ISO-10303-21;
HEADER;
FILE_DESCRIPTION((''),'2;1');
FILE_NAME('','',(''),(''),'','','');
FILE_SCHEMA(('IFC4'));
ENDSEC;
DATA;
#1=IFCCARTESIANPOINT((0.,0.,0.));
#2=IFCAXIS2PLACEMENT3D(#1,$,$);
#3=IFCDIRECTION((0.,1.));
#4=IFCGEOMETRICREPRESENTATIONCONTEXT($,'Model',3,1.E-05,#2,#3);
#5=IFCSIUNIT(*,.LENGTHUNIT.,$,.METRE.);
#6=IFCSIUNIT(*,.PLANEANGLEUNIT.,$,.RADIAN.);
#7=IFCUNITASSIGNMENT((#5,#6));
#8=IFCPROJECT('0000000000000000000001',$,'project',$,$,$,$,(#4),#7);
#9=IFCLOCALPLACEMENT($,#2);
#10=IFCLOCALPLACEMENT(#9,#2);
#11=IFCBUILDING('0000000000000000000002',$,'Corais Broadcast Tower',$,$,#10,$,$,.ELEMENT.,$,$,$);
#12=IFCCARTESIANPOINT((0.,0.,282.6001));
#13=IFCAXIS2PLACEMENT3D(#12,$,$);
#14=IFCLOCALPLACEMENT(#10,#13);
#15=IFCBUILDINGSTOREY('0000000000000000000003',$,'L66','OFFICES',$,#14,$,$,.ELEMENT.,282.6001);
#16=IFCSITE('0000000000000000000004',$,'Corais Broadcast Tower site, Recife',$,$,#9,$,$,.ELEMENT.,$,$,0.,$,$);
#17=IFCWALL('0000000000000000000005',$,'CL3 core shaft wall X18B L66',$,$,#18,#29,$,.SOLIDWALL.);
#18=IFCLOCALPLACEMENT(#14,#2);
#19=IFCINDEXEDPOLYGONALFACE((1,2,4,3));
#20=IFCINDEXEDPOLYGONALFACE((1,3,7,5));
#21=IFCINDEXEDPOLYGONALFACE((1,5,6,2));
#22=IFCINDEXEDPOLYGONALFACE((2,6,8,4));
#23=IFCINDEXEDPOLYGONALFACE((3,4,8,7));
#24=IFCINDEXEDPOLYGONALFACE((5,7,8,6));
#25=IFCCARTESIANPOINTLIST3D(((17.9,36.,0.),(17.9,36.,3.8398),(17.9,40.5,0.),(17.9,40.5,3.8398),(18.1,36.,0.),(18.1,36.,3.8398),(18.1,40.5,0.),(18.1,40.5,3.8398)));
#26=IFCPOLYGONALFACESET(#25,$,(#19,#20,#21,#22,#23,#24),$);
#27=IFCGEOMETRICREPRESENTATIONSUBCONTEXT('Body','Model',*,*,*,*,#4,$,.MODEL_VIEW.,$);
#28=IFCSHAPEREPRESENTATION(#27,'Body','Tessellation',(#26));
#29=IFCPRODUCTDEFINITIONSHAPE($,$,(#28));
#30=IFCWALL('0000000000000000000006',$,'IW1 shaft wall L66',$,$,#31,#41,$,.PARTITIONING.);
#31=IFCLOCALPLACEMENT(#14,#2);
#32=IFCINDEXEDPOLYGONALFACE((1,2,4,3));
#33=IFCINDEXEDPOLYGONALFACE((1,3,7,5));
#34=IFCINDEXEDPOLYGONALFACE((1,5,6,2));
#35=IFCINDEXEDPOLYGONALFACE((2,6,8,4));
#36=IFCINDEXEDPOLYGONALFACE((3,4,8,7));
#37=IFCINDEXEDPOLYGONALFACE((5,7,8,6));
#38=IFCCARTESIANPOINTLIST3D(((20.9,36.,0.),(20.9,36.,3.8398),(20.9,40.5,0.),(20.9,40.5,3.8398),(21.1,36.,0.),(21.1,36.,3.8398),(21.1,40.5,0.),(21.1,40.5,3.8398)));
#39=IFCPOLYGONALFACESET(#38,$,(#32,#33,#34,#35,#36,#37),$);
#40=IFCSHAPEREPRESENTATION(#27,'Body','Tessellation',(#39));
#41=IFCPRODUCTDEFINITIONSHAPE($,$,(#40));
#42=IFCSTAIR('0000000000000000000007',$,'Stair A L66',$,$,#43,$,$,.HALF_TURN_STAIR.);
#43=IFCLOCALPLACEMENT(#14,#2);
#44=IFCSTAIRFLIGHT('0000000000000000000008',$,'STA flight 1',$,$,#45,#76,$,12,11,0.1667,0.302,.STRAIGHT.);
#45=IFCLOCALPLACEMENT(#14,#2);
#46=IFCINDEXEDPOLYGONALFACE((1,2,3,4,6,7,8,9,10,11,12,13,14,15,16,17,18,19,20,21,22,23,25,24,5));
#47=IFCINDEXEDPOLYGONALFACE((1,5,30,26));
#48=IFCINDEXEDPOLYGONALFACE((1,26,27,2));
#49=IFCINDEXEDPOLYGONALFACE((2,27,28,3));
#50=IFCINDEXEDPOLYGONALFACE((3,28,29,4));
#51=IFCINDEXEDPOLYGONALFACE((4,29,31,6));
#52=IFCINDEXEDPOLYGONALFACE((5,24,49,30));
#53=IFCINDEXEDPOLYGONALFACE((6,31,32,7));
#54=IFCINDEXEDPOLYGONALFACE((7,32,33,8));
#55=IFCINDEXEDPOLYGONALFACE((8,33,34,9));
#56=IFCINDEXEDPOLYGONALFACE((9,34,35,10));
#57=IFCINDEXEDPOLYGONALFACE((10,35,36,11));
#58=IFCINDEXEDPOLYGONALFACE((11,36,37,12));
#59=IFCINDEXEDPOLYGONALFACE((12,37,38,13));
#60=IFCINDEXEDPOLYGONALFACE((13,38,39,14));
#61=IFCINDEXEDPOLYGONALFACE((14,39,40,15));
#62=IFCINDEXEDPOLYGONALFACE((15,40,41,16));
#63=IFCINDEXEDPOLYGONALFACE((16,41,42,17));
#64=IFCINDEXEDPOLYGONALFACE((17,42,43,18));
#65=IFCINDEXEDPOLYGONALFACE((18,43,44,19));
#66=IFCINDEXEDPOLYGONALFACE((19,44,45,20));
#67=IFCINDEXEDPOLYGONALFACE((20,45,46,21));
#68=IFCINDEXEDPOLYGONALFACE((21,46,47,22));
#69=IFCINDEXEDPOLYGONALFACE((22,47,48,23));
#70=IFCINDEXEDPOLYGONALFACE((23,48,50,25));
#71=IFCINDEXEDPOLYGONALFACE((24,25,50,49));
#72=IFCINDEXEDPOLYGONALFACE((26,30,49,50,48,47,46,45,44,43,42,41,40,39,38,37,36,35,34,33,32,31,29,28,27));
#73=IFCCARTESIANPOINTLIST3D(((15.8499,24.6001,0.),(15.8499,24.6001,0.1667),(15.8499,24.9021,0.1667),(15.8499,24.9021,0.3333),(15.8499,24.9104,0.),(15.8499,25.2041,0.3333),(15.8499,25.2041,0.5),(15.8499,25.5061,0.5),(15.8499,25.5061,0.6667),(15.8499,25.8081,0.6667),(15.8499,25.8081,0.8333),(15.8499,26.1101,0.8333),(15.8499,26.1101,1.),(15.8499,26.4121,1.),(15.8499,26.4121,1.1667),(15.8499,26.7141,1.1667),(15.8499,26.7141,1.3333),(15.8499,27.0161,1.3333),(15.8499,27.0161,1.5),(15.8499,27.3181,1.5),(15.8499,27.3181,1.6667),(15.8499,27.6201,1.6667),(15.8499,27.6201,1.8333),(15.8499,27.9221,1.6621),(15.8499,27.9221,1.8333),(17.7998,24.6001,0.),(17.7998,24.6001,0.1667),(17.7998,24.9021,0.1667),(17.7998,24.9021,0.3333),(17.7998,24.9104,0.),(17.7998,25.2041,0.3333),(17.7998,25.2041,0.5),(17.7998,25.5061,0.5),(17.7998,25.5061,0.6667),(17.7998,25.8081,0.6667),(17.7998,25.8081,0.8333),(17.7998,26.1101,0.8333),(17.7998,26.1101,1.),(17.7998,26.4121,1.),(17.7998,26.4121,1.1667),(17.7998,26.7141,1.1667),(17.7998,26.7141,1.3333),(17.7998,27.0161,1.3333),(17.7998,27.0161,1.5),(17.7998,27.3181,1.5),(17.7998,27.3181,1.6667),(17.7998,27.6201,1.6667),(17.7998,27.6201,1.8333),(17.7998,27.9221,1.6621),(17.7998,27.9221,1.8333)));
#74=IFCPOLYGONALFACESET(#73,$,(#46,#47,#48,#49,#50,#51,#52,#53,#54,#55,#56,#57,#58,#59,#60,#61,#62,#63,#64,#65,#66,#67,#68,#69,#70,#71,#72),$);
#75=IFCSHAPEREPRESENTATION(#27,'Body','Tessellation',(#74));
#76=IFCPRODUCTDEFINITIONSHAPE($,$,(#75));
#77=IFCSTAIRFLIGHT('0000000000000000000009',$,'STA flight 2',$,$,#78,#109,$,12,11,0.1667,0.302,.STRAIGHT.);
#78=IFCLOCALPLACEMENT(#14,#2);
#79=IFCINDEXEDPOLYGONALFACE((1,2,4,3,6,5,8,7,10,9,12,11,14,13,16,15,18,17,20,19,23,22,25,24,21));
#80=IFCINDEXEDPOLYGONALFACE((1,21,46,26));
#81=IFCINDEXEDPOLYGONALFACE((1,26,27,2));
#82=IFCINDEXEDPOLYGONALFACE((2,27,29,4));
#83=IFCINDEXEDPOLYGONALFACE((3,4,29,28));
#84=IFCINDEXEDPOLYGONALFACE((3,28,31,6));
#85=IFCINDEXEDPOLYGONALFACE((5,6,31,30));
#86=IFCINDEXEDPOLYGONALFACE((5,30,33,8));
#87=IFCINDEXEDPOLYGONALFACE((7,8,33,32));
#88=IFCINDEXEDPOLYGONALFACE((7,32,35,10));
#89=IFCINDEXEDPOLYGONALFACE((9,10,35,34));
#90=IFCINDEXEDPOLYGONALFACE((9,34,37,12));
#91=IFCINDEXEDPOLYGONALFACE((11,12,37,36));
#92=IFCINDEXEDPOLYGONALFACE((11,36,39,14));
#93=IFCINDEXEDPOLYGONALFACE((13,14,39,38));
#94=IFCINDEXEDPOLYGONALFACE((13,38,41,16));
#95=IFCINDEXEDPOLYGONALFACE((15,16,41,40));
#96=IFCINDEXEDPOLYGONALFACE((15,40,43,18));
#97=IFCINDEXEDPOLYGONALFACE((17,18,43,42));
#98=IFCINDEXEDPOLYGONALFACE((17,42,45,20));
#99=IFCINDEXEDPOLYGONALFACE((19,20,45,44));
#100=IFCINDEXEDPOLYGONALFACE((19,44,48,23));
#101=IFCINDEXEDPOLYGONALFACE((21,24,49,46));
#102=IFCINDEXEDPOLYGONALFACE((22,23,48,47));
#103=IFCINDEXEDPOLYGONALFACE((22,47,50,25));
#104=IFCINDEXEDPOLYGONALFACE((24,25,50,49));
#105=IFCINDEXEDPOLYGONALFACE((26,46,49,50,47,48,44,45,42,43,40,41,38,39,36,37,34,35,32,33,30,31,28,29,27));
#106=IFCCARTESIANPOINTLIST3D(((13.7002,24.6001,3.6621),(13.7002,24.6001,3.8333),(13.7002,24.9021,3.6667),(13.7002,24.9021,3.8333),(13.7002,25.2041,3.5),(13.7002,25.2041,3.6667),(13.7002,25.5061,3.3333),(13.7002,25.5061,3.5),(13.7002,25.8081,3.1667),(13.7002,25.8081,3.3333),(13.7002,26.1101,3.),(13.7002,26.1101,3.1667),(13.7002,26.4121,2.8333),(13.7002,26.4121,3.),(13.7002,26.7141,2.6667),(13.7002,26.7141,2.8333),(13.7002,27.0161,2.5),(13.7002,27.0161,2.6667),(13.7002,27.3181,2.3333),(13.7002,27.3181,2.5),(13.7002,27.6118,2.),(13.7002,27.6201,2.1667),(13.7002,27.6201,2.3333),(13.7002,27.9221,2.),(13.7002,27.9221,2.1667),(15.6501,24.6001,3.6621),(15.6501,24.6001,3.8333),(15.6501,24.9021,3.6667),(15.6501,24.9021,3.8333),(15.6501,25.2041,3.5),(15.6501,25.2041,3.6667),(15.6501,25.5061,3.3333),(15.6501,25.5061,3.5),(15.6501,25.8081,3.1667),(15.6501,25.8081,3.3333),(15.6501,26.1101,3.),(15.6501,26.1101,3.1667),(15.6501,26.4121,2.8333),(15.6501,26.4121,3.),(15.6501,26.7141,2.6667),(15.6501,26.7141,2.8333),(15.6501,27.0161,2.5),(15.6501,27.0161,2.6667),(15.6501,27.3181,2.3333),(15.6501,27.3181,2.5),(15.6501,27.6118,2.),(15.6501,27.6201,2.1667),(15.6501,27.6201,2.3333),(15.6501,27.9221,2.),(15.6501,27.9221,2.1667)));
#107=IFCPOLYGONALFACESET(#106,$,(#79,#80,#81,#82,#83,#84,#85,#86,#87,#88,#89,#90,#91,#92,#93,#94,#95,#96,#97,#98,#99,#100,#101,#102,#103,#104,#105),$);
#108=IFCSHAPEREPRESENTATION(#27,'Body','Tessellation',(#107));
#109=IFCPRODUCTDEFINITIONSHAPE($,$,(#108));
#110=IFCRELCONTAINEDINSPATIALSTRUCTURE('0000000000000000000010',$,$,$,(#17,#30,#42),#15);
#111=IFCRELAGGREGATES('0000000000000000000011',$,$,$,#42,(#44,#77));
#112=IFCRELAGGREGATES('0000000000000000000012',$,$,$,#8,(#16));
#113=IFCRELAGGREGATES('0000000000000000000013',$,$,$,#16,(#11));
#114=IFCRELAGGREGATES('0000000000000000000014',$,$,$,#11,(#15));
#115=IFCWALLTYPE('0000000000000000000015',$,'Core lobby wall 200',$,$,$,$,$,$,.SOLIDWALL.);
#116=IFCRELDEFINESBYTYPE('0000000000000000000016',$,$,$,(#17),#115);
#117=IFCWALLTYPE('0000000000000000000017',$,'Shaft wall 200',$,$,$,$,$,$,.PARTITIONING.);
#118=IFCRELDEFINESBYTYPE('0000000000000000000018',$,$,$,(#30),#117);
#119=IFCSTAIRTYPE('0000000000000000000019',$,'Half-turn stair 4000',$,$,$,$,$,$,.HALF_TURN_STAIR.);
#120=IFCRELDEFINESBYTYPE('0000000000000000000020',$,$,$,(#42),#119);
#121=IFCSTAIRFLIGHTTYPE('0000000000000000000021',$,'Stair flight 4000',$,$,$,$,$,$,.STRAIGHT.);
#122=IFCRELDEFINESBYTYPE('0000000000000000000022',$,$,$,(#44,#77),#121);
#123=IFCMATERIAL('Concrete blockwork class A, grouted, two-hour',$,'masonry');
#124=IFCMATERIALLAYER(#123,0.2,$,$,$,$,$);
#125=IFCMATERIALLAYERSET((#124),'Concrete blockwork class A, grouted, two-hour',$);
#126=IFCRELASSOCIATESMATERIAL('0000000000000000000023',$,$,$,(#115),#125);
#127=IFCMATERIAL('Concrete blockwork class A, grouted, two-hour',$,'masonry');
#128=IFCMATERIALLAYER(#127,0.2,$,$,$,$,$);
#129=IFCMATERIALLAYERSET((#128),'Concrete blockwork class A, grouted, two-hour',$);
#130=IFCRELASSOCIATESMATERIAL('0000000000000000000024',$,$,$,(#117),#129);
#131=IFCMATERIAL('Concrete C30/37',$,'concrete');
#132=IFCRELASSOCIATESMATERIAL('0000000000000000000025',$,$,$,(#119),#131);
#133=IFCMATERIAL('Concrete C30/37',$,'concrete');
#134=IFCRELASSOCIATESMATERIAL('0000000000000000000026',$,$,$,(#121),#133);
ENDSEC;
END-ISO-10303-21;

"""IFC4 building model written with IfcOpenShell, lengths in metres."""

from ifc_helpers import new_model, si_unit, direction, frame, frame_2d, origin, place, context, subcontext, project, spatial, polyline, rectangle, outline, extrude, material, layer, layer_set, type_object, element, aggregate, save


model = new_model("IFC4")

# Units and contexts
model_context = context("Model", 3, precision=1e-05, world=origin(), true_north=direction((0.0, 1.0)))
body_context = subcontext(model_context, "Body", "Model", "MODEL_VIEW")
ifc_project = project(units=[si_unit("LENGTHUNIT", "METRE"), si_unit("PLANEANGLEUNIT", "RADIAN")], contexts=[model_context])

# Site, building, storey
site_placement = place(None, origin())
site = spatial("IfcSite", under=ifc_project, at=site_placement, Name="Corais Broadcast Tower site, Recife", CompositionType="ELEMENT", RefElevation=0.0)
building_placement = place(site_placement, origin())
building = spatial("IfcBuilding", under=site, at=building_placement, Name="Corais Broadcast Tower", CompositionType="ELEMENT")
storey_placement = place(building_placement, frame((0.0, 0.0, 282.6001)))
storey = spatial("IfcBuildingStorey", under=building, at=storey_placement, Name="L66", Description="OFFICES", CompositionType="ELEMENT", Elevation=282.6001)

# Walls
ifc_material_1 = material(Name="Concrete blockwork class A, grouted, two-hour", Category="masonry")
ifc_layer_1 = layer(ifc_material_1, 0.2)
ifc_layer_set_1 = layer_set([ifc_layer_1], Name="Concrete blockwork class A, grouted, two-hour")
wall_type_1 = type_object("IfcWallType", Name="Core lobby wall 200", PredefinedType="SOLIDWALL", material=ifc_layer_set_1)
wall_1_placement = place(storey_placement, frame((18.0, 36.0, 0.0), z_axis=(0.0, 0.0, 1.0), x_axis=(0.0, 1.0, 0.0)))
element("IfcWall", 1, at=wall_1_placement, inside=storey, type_object=wall_type_1, Name="CL3 core shaft wall X18B L66", PredefinedType="SOLIDWALL", context=body_context, shape_type="SweptSolid", body=[
    extrude(rectangle(XDim=4.5, YDim=0.2, at=frame_2d((2.25, 0.0))), origin(), (0.0, 0.0, 1.0), 3.8398),
])
ifc_material_2 = material(Name="Concrete blockwork class A, grouted, two-hour", Category="masonry")
ifc_layer_2 = layer(ifc_material_2, 0.2)
ifc_layer_set_2 = layer_set([ifc_layer_2], Name="Concrete blockwork class A, grouted, two-hour")
wall_type_2 = type_object("IfcWallType", Name="Shaft wall 200", PredefinedType="PARTITIONING", material=ifc_layer_set_2)
wall_2_placement = place(storey_placement, frame((21.0, 36.0, 0.0), z_axis=(0.0, 0.0, 1.0), x_axis=(0.0, 1.0, 0.0)))
element("IfcWall", 2, at=wall_2_placement, inside=storey, type_object=wall_type_2, Name="IW1 shaft wall L66", PredefinedType="PARTITIONING", context=body_context, shape_type="SweptSolid", body=[
    extrude(rectangle(XDim=4.5, YDim=0.2, at=frame_2d((2.25, 0.0))), origin(), (0.0, 0.0, 1.0), 3.8398),
])

# Stair, stair flights
ifc_material_3 = material(Name="Concrete C30/37", Category="concrete")
stair_type = type_object("IfcStairType", Name="Half-turn stair 4000", PredefinedType="HALF_TURN_STAIR", material=ifc_material_3)
stair_placement = place(storey_placement, origin())
stair = element("IfcStair", 3, at=stair_placement, inside=storey, type_object=stair_type, Name="Stair A L66", PredefinedType="HALF_TURN_STAIR")
ifc_material_4 = material(Name="Concrete C30/37", Category="concrete")
stair_flight_type = type_object("IfcStairFlightType", Name="Stair flight 4000", PredefinedType="STRAIGHT", material=ifc_material_4)
stair_flight_1_placement = place(storey_placement, frame((16.825, 24.6001, 0.0), z_axis=(0.0, 0.0, 1.0), x_axis=(0.0, 1.0, 0.0)))
stair_flight_1 = element("IfcStairFlight", 4, at=stair_flight_1_placement, type_object=stair_flight_type, Name="STA flight 1", NumberOfRisers=12, NumberOfTreads=11, PredefinedType="STRAIGHT", RiserHeight=0.1667, TreadLength=0.302, context=body_context, shape_type="SweptSolid", body=[
    extrude(outline(polyline([(0.0, 0.0), (0.0, 0.1667), (0.302, 0.1667), (0.302, 0.3333), (0.604, 0.3333), (0.604, 0.5), (0.906, 0.5), (0.906, 0.6667), (1.208, 0.6667), (1.208, 0.8333), (1.51, 0.8333), (1.51, 1.0), (1.812, 1.0), (1.812, 1.1667), (2.114, 1.1667), (2.114, 1.3333), (2.416, 1.3333), (2.416, 1.5), (2.718, 1.5), (2.718, 1.6667), (3.02, 1.6667), (3.02, 1.8333), (3.322, 1.8333), (3.322, 2.0), (3.322, 1.6621), (0.3103, 0.0), (0.0, 0.0)])), frame((0.0, 0.9751, 0.0), z_axis=(0.0, -1.0, 0.0), x_axis=(1.0, 0.0, 0.0)), (0.0, 0.0, 1.0), 1.95),
])
stair_flight_2_placement = place(storey_placement, frame((14.675, 27.9221, 2.0), z_axis=(0.0, 0.0, 1.0), x_axis=(0.0, -1.0, 0.0)))
stair_flight_2 = element("IfcStairFlight", 5, at=stair_flight_2_placement, type_object=stair_flight_type, Name="STA flight 2", NumberOfRisers=12, NumberOfTreads=11, PredefinedType="STRAIGHT", RiserHeight=0.1667, TreadLength=0.302, context=body_context, shape_type="SweptSolid", body=[
    extrude(outline(polyline([(0.0, 0.0), (0.0, 0.1667), (0.302, 0.1667), (0.302, 0.3333), (0.604, 0.3333), (0.604, 0.5), (0.906, 0.5), (0.906, 0.6667), (1.208, 0.6667), (1.208, 0.8333), (1.51, 0.8333), (1.51, 1.0), (1.812, 1.0), (1.812, 1.1667), (2.114, 1.1667), (2.114, 1.3333), (2.416, 1.3333), (2.416, 1.5), (2.718, 1.5), (2.718, 1.6667), (3.02, 1.6667), (3.02, 1.8333), (3.322, 1.8333), (3.322, 2.0), (3.322, 1.6621), (0.3103, 0.0), (0.0, 0.0)])), frame((0.0, 0.9751, 0.0), z_axis=(0.0, -1.0, 0.0), x_axis=(1.0, 0.0, 0.0)), (0.0, 0.0, 1.0), 1.95),
])
aggregate(stair, [stair_flight_1, stair_flight_2])

save(model, "model.ifc")
